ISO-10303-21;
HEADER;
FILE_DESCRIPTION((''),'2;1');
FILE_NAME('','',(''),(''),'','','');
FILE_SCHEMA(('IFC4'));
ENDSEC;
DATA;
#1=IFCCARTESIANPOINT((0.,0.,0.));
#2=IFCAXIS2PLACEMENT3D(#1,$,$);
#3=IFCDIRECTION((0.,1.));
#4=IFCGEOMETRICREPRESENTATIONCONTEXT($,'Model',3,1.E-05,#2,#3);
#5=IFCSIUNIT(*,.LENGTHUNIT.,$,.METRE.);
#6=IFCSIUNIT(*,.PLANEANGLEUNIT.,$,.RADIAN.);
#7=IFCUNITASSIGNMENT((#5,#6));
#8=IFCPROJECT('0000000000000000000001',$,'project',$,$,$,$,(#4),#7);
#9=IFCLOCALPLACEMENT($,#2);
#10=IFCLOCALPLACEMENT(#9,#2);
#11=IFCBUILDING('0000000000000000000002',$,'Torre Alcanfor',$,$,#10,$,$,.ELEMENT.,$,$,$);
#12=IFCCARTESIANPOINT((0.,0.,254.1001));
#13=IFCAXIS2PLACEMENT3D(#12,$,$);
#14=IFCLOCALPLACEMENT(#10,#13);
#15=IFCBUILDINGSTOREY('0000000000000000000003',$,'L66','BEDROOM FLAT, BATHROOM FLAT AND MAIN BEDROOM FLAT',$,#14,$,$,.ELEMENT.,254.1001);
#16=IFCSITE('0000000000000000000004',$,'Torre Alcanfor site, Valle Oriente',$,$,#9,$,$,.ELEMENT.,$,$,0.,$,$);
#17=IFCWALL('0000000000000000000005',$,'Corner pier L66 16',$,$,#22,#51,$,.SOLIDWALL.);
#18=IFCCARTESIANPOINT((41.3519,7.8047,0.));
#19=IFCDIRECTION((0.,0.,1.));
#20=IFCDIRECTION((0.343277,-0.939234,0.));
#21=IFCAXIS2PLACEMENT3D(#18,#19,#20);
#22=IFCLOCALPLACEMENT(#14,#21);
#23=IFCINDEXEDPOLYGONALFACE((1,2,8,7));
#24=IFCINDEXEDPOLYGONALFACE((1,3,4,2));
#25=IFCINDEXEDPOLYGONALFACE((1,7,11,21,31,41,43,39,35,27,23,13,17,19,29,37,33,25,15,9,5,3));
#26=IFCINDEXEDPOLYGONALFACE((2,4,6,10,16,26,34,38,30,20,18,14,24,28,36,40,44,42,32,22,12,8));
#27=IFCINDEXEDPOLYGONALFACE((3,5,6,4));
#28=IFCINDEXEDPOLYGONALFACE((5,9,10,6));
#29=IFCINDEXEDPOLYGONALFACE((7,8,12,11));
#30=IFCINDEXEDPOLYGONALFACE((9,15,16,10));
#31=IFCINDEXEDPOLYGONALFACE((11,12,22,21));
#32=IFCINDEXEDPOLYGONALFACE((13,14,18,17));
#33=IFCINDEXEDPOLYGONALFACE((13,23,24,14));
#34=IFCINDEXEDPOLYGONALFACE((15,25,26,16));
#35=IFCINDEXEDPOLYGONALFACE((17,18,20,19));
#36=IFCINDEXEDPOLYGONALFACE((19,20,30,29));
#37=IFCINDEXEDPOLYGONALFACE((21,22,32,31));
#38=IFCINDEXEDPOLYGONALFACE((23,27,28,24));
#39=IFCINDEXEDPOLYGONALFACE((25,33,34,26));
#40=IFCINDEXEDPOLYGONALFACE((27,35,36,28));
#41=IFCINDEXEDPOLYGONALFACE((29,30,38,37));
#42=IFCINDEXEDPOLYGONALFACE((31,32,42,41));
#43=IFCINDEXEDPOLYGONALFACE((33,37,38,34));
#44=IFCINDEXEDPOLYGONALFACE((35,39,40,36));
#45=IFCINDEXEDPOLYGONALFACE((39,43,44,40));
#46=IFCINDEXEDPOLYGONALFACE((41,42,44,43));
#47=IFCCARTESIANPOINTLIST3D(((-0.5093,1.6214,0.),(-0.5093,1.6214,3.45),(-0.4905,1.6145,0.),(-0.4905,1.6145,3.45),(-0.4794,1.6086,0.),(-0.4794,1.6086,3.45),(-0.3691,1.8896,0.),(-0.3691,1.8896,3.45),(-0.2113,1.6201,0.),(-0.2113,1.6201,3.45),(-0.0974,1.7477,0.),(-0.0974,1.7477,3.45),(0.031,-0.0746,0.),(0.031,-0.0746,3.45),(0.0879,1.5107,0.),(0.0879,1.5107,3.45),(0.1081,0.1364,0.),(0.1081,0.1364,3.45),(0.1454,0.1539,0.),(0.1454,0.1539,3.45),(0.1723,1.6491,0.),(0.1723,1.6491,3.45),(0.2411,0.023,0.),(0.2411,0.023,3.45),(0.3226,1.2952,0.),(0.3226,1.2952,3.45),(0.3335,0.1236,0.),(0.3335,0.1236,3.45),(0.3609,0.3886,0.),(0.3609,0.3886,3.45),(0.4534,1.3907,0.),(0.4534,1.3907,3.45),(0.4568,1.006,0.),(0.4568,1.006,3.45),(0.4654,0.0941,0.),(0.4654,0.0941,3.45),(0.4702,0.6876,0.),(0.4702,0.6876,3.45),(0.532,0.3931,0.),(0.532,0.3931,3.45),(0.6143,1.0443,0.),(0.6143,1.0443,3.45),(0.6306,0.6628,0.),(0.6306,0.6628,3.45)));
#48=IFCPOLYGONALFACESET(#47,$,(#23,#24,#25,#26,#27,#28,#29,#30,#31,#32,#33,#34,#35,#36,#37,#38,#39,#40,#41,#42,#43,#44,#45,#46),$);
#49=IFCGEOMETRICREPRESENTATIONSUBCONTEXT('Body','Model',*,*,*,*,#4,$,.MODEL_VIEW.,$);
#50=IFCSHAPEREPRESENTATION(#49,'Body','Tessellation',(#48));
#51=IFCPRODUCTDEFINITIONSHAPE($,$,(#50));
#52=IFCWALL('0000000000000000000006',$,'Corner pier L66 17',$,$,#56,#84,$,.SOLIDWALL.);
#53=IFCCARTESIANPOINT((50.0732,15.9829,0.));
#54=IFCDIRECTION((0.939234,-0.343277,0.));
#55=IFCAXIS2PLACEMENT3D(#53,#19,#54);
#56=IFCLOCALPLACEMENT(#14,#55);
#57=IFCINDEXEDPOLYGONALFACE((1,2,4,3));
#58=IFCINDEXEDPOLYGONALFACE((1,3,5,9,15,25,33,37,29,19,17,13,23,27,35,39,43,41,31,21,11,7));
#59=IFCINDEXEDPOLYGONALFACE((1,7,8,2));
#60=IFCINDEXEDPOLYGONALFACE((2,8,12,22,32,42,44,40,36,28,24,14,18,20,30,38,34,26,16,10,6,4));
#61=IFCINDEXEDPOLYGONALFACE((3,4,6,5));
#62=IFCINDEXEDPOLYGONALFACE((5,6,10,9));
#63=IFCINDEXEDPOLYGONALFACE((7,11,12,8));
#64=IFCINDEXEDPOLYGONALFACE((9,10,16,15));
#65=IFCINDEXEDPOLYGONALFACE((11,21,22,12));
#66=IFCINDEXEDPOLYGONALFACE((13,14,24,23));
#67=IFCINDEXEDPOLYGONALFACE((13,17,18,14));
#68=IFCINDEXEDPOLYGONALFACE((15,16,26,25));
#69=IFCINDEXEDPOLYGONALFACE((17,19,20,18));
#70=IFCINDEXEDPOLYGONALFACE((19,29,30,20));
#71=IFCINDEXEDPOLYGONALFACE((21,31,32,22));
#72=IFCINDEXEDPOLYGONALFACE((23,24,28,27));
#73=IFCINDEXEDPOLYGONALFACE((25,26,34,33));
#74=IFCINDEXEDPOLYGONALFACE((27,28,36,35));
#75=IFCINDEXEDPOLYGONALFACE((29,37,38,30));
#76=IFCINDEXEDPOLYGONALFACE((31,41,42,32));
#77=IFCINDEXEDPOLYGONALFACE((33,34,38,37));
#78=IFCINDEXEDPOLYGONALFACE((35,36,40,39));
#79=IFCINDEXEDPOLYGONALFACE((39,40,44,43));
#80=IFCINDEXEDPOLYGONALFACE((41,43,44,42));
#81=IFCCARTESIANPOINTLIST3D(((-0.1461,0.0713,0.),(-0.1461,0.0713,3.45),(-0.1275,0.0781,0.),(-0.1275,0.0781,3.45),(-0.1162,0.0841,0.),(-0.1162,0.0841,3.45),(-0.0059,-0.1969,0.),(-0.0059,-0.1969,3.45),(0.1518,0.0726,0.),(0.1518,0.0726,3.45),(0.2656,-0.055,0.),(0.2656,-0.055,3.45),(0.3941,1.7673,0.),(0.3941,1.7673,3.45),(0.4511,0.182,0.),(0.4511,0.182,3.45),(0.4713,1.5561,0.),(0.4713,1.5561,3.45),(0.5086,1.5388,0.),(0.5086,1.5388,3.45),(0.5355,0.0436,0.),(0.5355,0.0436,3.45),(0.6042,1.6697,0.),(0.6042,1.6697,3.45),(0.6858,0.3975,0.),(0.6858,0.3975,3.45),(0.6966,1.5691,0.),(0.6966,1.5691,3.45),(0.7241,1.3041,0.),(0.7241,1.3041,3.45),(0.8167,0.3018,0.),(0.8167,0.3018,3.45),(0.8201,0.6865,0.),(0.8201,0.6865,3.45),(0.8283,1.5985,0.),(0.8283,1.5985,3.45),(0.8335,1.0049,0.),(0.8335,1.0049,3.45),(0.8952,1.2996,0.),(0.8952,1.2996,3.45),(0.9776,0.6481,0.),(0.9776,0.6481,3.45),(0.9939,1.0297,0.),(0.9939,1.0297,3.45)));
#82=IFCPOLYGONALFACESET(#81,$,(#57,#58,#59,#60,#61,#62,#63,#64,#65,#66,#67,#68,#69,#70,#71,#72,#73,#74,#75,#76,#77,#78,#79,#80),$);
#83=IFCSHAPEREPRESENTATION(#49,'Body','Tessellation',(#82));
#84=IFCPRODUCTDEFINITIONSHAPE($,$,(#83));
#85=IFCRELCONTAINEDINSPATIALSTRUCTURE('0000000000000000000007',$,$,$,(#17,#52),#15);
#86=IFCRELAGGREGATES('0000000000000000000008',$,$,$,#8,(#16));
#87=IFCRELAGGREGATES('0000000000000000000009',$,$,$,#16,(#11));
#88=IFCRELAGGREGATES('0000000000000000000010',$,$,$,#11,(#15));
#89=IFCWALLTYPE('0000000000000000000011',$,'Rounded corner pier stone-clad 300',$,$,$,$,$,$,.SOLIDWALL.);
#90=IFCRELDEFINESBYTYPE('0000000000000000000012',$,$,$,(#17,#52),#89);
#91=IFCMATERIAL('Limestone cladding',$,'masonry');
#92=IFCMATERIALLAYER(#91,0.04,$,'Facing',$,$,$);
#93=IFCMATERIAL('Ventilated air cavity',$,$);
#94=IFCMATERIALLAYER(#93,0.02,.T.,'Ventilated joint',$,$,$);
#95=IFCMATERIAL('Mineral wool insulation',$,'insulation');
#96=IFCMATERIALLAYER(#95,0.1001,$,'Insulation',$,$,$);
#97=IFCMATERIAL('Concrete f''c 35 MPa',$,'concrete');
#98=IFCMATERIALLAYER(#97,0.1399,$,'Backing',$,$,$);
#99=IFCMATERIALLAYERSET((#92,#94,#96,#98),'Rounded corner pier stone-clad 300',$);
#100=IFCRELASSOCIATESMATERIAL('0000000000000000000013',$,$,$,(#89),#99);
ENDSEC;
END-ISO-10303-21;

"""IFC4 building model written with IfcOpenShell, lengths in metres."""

from ifc_helpers import new_model, si_unit, direction, frame, origin, place, context, subcontext, project, spatial, polyline, outline, extrude, material, layer, layer_set, type_object, element, save


model = new_model("IFC4")

# Units and contexts
model_context = context("Model", 3, precision=1e-05, world=origin(), true_north=direction((0.0, 1.0)))
body_context = subcontext(model_context, "Body", "Model", "MODEL_VIEW")
ifc_project = project(units=[si_unit("LENGTHUNIT", "METRE"), si_unit("PLANEANGLEUNIT", "RADIAN")], contexts=[model_context])

# Site, building, storey
site_placement = place(None, origin())
site = spatial("IfcSite", under=ifc_project, at=site_placement, Name="Torre Alcanfor site, Valle Oriente", CompositionType="ELEMENT", RefElevation=0.0)
building_placement = place(site_placement, origin())
building = spatial("IfcBuilding", under=site, at=building_placement, Name="Torre Alcanfor", CompositionType="ELEMENT")
storey_placement = place(building_placement, frame((0.0, 0.0, 254.1001)))
storey = spatial("IfcBuildingStorey", under=building, at=storey_placement, Name="L66", Description="BEDROOM FLAT, BATHROOM FLAT AND MAIN BEDROOM FLAT", CompositionType="ELEMENT", Elevation=254.1001)

# Shared definitions
ifc_material_1 = material(Name="Limestone cladding", Category="masonry")
ifc_material_2 = material(Name="Ventilated air cavity")
ifc_material_3 = material(Name="Mineral wool insulation", Category="insulation")
ifc_material_4 = material(Name="Concrete f'c 35 MPa", Category="concrete")

# Walls
ifc_layer_1 = layer(ifc_material_1, 0.04, Name="Facing")
ifc_layer_2 = layer(ifc_material_2, 0.02, ventilated=True, Name="Ventilated joint")
ifc_layer_3 = layer(ifc_material_3, 0.1001, Name="Insulation")
ifc_layer_4 = layer(ifc_material_4, 0.1399, Name="Backing")
ifc_layer_set_1 = layer_set([ifc_layer_1, ifc_layer_2, ifc_layer_3, ifc_layer_4], Name="Rounded corner pier stone-clad 300")
wall_type_1 = type_object("IfcWallType", Name="Rounded corner pier stone-clad 300", PredefinedType="SOLIDWALL", material=ifc_layer_set_1)
wall_1_placement = place(storey_placement, frame((41.3519, 7.8047, 0.0), z_axis=(0.0, 0.0, 1.0), x_axis=(0.343277, -0.939234, 0.0)))
element("IfcWall", 1, at=wall_1_placement, inside=storey, type_object=wall_type_1, Name="Corner pier L66 16", PredefinedType="SOLIDWALL", context=body_context, shape_type="SweptSolid", body=[
    extrude(outline(polyline([(-0.3691, 1.8896), (-0.5093, 1.6214), (-0.4905, 1.6145), (-0.4794, 1.6086), (-0.2113, 1.6201), (0.0879, 1.5107), (0.3226, 1.2952), (0.4568, 1.006), (0.4702, 0.6876), (0.3609, 0.3886), (0.1454, 0.1539), (0.1081, 0.1364), (0.031, -0.0746), (0.2411, 0.023), (0.3335, 0.1236), (0.4654, 0.0941), (0.532, 0.3931), (0.6306, 0.6628), (0.6143, 1.0443), (0.4534, 1.3907), (0.1723, 1.6491), (-0.0974, 1.7477), (-0.3691, 1.8896)])), origin(), (0.0, 0.0, 1.0), 3.45),
])
wall_2_placement = place(storey_placement, frame((50.0732, 15.9829, 0.0), z_axis=(0.0, 0.0, 1.0), x_axis=(0.939234, -0.343277, 0.0)))
element("IfcWall", 2, at=wall_2_placement, inside=storey, type_object=wall_type_1, Name="Corner pier L66 17", PredefinedType="SOLIDWALL", context=body_context, shape_type="SweptSolid", body=[
    extrude(outline(polyline([(0.8283, 1.5985), (0.6966, 1.5691), (0.6042, 1.6697), (0.3941, 1.7673), (0.4713, 1.5561), (0.5086, 1.5388), (0.7241, 1.3041), (0.8335, 1.0049), (0.8201, 0.6865), (0.6858, 0.3975), (0.4511, 0.182), (0.1518, 0.0726), (-0.1162, 0.0841), (-0.1275, 0.0781), (-0.1461, 0.0713), (-0.0059, -0.1969), (0.2656, -0.055), (0.5355, 0.0436), (0.8167, 0.3018), (0.9776, 0.6481), (0.9939, 1.0297), (0.8952, 1.2996), (0.8283, 1.5985)])), origin(), (0.0, 0.0, 1.0), 3.45),
])

save(model, "model.ifc")
